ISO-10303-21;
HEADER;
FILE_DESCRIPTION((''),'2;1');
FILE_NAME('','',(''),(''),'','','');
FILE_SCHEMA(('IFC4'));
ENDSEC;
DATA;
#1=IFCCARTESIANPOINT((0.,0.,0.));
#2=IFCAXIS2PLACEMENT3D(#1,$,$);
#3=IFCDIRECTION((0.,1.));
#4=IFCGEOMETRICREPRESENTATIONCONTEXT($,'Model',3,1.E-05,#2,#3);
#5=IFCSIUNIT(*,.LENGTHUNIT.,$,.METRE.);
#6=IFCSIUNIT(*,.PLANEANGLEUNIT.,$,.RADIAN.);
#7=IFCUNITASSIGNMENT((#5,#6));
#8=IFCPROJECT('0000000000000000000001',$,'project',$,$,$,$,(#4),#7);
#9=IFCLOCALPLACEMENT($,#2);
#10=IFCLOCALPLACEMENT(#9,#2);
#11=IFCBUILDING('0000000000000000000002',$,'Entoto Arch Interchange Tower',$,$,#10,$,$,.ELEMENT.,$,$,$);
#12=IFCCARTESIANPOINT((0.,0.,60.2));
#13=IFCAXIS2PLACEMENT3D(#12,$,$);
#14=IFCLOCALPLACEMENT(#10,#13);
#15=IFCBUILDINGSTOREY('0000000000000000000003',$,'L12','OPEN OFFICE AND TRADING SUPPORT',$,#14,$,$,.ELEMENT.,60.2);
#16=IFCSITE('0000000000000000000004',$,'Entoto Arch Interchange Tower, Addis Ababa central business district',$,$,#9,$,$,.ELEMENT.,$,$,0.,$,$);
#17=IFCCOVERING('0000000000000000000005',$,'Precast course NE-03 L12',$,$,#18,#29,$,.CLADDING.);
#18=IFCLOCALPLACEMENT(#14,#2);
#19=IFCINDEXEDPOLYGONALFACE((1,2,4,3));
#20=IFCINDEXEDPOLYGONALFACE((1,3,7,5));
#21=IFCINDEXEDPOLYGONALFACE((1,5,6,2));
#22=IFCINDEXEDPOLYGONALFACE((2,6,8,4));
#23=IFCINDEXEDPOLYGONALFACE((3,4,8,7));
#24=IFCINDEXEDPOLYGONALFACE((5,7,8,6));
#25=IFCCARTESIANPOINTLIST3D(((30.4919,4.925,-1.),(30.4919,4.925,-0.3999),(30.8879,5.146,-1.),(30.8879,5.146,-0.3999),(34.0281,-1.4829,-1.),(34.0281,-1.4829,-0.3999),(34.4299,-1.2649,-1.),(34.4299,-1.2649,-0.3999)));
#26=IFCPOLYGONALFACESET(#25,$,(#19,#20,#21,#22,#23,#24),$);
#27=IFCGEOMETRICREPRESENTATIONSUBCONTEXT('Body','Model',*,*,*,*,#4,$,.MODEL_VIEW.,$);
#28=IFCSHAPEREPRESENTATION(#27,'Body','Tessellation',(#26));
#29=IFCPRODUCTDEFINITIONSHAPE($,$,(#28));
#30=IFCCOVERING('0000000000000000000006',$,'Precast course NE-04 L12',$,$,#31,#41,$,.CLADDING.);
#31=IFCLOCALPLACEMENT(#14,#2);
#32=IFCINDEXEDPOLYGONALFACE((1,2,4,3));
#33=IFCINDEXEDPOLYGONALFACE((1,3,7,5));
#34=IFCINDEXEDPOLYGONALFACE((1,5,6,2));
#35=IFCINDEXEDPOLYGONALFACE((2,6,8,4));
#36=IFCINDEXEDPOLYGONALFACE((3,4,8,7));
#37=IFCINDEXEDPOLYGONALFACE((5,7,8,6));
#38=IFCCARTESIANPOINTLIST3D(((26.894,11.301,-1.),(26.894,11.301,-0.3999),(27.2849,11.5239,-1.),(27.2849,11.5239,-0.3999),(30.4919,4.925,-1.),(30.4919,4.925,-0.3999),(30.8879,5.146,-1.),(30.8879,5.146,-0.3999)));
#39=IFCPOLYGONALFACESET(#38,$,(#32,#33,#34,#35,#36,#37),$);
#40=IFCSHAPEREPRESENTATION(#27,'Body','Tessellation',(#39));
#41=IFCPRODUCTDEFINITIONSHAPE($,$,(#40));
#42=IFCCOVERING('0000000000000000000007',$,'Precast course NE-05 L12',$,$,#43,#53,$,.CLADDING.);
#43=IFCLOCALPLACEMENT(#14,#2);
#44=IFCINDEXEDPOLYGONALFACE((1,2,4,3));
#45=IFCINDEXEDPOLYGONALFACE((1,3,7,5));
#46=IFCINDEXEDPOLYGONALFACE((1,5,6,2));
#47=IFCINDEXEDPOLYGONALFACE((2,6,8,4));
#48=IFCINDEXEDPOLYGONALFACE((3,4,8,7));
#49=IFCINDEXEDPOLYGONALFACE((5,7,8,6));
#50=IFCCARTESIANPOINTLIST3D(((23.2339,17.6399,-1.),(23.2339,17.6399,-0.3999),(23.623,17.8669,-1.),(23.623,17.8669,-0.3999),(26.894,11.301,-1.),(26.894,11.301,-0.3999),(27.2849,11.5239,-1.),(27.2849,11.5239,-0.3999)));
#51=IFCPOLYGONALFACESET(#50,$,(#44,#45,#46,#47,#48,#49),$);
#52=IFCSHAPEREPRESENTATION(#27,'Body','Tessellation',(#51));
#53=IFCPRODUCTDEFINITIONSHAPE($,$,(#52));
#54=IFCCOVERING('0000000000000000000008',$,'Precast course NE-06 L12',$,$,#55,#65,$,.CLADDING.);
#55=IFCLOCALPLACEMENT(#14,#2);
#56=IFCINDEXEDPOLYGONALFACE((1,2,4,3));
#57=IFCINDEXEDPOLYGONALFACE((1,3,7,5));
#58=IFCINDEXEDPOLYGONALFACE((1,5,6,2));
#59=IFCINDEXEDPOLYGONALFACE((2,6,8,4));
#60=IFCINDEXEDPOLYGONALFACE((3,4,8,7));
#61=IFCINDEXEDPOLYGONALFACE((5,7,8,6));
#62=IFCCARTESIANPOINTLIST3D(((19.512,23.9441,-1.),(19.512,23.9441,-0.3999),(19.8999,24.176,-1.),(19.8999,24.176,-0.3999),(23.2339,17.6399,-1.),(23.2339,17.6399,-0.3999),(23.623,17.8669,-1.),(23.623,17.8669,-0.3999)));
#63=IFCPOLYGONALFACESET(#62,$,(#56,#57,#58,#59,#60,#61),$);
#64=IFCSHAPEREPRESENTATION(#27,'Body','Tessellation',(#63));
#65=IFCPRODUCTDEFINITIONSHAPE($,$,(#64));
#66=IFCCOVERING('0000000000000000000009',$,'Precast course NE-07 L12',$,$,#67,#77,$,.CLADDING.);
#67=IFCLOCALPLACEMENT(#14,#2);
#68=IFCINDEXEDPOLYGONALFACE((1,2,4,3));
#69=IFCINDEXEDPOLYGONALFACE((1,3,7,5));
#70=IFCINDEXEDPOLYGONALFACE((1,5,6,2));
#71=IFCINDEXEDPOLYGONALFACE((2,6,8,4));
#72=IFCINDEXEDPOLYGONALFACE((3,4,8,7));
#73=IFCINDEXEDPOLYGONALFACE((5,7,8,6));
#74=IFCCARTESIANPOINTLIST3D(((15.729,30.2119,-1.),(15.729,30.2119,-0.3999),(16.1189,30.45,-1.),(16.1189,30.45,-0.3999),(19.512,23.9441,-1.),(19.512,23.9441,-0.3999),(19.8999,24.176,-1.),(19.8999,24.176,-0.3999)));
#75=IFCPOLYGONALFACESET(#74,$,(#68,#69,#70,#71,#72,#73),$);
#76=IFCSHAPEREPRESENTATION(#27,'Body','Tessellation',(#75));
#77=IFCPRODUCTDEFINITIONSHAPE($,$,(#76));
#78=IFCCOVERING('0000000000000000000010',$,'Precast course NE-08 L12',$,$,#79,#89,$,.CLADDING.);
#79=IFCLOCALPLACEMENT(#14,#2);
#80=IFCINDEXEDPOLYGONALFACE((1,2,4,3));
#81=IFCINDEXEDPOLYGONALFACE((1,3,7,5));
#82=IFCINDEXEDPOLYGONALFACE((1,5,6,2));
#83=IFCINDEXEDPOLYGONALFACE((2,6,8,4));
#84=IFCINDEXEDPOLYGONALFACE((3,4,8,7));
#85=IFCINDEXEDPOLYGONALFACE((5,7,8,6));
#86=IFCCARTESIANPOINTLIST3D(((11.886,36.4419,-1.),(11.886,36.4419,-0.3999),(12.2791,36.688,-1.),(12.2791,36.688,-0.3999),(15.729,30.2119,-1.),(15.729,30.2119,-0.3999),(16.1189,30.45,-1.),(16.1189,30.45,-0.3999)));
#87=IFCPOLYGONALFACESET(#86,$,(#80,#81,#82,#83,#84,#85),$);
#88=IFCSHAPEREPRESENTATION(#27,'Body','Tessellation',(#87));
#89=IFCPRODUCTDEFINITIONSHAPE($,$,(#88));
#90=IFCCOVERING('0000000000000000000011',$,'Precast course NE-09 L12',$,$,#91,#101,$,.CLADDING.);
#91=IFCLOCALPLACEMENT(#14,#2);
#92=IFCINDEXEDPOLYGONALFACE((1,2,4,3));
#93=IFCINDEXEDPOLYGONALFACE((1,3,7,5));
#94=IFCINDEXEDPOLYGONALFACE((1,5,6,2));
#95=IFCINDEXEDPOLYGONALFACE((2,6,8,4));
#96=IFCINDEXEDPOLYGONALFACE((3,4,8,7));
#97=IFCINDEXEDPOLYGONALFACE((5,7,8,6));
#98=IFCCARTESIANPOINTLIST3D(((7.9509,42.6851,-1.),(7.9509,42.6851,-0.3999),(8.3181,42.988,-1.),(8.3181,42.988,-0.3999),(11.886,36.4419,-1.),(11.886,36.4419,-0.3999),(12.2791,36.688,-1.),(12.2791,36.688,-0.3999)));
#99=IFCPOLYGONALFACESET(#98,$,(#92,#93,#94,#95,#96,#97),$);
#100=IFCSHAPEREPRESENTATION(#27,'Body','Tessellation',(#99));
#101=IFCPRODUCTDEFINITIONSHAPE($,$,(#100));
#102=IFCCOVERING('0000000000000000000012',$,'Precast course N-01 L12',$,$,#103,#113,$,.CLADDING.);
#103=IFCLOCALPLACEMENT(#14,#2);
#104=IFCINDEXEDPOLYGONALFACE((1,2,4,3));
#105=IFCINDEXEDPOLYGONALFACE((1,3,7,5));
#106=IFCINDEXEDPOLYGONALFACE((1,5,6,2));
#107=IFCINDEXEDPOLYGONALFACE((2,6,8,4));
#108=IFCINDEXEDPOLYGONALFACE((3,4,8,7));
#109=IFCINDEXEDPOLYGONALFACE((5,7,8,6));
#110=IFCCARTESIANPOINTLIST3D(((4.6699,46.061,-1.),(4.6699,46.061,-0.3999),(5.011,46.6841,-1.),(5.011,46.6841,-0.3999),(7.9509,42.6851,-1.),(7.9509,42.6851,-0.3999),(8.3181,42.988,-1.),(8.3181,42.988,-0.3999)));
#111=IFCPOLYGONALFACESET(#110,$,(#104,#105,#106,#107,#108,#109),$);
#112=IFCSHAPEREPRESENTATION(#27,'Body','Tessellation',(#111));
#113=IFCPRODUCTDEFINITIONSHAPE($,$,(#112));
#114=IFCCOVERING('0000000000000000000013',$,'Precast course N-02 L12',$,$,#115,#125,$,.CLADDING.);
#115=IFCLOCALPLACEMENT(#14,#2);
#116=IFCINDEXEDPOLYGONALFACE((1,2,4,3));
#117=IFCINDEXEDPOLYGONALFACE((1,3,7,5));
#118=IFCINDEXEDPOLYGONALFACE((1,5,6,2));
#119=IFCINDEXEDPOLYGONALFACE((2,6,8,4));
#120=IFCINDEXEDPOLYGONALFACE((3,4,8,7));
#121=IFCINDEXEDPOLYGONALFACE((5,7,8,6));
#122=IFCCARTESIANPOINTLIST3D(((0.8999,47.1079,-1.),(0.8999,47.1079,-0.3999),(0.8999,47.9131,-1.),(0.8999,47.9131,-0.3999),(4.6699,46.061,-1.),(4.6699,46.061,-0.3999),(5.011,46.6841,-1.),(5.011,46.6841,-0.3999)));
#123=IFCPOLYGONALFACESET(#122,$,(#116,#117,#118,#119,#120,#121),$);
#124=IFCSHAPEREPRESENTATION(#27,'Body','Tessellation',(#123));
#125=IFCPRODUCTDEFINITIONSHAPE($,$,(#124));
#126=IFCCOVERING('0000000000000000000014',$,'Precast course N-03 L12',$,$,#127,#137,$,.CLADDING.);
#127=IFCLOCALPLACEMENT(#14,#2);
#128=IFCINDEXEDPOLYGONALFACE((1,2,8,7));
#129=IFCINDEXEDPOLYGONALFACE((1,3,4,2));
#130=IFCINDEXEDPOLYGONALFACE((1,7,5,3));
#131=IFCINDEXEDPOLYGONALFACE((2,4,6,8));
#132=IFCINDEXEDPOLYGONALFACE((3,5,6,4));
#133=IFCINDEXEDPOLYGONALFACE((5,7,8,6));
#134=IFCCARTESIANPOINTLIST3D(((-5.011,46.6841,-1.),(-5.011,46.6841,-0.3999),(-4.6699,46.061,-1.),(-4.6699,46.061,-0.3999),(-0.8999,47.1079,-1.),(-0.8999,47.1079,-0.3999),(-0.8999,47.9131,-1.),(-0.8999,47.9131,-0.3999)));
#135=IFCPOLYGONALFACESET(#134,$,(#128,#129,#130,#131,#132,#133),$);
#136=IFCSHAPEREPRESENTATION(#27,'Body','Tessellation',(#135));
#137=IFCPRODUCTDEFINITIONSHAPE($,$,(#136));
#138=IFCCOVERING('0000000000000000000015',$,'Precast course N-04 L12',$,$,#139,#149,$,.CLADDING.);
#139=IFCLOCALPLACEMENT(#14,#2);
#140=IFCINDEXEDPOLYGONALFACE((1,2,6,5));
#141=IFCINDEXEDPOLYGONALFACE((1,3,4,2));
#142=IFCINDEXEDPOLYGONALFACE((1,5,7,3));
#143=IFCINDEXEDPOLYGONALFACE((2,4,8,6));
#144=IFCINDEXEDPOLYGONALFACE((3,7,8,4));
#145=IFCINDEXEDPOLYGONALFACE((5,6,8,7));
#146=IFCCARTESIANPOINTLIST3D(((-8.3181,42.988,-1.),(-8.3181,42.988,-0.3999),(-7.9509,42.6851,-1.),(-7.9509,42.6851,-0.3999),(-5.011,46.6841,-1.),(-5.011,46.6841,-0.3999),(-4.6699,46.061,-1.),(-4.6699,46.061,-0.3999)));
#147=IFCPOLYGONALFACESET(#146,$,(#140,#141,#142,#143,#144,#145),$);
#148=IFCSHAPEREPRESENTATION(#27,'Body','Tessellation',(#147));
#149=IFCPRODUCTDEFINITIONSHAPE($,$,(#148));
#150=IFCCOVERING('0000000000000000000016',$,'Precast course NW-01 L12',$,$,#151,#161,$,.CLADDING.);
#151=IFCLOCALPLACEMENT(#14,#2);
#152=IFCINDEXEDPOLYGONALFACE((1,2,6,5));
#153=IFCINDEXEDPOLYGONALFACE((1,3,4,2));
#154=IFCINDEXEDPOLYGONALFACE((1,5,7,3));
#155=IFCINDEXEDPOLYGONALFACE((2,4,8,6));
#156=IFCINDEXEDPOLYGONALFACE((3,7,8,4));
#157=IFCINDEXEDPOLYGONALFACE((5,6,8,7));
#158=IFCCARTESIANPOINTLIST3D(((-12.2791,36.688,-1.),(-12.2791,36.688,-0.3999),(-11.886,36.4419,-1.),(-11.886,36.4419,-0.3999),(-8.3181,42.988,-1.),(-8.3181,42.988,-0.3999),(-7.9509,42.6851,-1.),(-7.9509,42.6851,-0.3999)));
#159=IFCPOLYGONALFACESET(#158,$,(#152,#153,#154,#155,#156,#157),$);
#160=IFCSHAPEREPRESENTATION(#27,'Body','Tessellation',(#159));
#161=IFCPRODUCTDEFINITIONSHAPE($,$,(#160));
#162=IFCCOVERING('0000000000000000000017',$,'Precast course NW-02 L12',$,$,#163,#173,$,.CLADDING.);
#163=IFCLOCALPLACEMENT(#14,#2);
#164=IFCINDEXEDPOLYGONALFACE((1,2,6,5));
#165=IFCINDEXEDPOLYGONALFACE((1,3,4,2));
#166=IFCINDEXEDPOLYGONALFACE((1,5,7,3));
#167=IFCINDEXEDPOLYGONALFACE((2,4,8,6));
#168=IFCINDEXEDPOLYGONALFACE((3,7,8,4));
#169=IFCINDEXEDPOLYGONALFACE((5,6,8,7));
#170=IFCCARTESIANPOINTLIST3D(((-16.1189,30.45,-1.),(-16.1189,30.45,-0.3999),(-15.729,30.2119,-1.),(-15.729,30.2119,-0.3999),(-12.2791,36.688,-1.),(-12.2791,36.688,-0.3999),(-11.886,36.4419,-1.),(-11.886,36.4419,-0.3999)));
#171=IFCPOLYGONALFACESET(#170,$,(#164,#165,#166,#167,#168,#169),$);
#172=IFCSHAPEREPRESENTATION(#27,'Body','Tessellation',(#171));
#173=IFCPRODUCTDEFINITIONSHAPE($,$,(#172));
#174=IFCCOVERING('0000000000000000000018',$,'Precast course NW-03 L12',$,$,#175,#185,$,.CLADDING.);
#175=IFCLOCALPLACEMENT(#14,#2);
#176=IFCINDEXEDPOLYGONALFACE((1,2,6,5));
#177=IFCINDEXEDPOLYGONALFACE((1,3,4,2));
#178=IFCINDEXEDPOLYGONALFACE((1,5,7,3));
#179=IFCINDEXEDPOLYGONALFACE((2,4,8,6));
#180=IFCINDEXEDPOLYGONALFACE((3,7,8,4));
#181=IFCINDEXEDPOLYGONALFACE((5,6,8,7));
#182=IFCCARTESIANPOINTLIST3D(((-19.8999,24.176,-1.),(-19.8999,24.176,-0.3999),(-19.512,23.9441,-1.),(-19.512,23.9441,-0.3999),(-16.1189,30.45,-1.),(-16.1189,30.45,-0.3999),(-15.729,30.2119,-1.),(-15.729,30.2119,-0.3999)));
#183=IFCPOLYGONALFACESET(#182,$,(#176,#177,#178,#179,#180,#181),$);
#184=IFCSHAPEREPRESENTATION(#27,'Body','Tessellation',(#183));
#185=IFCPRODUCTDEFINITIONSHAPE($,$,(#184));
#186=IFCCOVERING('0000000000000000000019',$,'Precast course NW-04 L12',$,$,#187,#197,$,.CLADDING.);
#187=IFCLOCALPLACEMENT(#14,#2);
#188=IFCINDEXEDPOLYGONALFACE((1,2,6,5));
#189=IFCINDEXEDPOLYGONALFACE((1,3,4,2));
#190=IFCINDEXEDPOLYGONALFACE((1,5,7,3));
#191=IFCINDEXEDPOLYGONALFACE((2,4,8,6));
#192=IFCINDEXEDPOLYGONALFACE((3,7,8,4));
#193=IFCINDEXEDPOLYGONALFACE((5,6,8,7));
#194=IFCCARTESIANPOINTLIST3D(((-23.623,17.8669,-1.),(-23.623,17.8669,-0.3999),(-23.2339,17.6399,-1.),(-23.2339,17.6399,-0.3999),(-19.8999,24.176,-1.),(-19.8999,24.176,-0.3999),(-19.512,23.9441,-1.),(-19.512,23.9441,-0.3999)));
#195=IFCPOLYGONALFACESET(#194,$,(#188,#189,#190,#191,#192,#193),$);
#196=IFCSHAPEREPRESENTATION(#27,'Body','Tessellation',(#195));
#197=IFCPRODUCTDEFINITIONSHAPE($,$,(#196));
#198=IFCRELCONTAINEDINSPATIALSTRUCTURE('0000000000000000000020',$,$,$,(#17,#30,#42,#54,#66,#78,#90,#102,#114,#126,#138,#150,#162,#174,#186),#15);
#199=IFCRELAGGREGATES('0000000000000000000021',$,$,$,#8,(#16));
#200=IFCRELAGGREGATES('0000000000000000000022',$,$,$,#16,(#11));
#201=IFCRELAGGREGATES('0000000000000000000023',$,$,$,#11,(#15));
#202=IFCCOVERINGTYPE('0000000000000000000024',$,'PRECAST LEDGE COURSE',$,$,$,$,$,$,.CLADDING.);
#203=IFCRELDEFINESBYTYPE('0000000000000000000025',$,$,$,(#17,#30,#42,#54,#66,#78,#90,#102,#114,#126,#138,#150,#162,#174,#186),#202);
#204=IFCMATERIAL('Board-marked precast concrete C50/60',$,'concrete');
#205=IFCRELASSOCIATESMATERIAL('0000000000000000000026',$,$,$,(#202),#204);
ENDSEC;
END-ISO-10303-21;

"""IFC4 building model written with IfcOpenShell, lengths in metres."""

from ifc_helpers import new_model, si_unit, direction, frame, origin, place, context, subcontext, project, spatial, polyline, outline, extrude, material, type_object, element, save


model = new_model("IFC4")

# Units and contexts
model_context = context("Model", 3, precision=1e-05, world=origin(), true_north=direction((0.0, 1.0)))
body_context = subcontext(model_context, "Body", "Model", "MODEL_VIEW")
ifc_project = project(units=[si_unit("LENGTHUNIT", "METRE"), si_unit("PLANEANGLEUNIT", "RADIAN")], contexts=[model_context])

# Site, building, storey
site_placement = place(None, origin())
site = spatial("IfcSite", under=ifc_project, at=site_placement, Name="Entoto Arch Interchange Tower, Addis Ababa central business district", CompositionType="ELEMENT", RefElevation=0.0)
building_placement = place(site_placement, origin())
building = spatial("IfcBuilding", under=site, at=building_placement, Name="Entoto Arch Interchange Tower", CompositionType="ELEMENT")
storey_placement = place(building_placement, frame((0.0, 0.0, 60.2)))
storey = spatial("IfcBuildingStorey", under=building, at=storey_placement, Name="L12", Description="OPEN OFFICE AND TRADING SUPPORT", CompositionType="ELEMENT", Elevation=60.2)

# Coverings
ifc_material_1 = material(Name="Board-marked precast concrete C50/60", Category="concrete")
covering_type = type_object("IfcCoveringType", Name="PRECAST LEDGE COURSE", PredefinedType="CLADDING", material=ifc_material_1)
covering_1_placement = place(storey_placement, frame((0.0, 0.0, -1.0)))
element("IfcCovering", 1, at=covering_1_placement, inside=storey, type_object=covering_type, Name="Precast course NE-03 L12", PredefinedType="CLADDING", context=body_context, shape_type="SweptSolid", body=[
    extrude(outline(polyline([(30.4919, 4.925), (30.8879, 5.146), (34.4299, -1.2649), (34.0281, -1.4829), (30.4919, 4.925)])), origin(), (0.0, 0.0, 1.0), 0.6001),
])
covering_2_placement = place(storey_placement, frame((0.0, 0.0, -1.0)))
element("IfcCovering", 2, at=covering_2_placement, inside=storey, type_object=covering_type, Name="Precast course NE-04 L12", PredefinedType="CLADDING", context=body_context, shape_type="SweptSolid", body=[
    extrude(outline(polyline([(26.894, 11.301), (27.2849, 11.5239), (30.8879, 5.146), (30.4919, 4.925), (26.894, 11.301)])), origin(), (0.0, 0.0, 1.0), 0.6001),
])
covering_3_placement = place(storey_placement, frame((0.0, 0.0, -1.0)))
element("IfcCovering", 3, at=covering_3_placement, inside=storey, type_object=covering_type, Name="Precast course NE-05 L12", PredefinedType="CLADDING", context=body_context, shape_type="SweptSolid", body=[
    extrude(outline(polyline([(23.2339, 17.6399), (23.623, 17.8669), (27.2849, 11.5239), (26.894, 11.301), (23.2339, 17.6399)])), origin(), (0.0, 0.0, 1.0), 0.6001),
])
covering_4_placement = place(storey_placement, frame((0.0, 0.0, -1.0)))
element("IfcCovering", 4, at=covering_4_placement, inside=storey, type_object=covering_type, Name="Precast course NE-06 L12", PredefinedType="CLADDING", context=body_context, shape_type="SweptSolid", body=[
    extrude(outline(polyline([(19.512, 23.9441), (19.8999, 24.176), (23.623, 17.8669), (23.2339, 17.6399), (19.512, 23.9441)])), origin(), (0.0, 0.0, 1.0), 0.6001),
])
covering_5_placement = place(storey_placement, frame((0.0, 0.0, -1.0)))
element("IfcCovering", 5, at=covering_5_placement, inside=storey, type_object=covering_type, Name="Precast course NE-07 L12", PredefinedType="CLADDING", context=body_context, shape_type="SweptSolid", body=[
    extrude(outline(polyline([(15.729, 30.2119), (16.1189, 30.45), (19.8999, 24.176), (19.512, 23.9441), (15.729, 30.2119)])), origin(), (0.0, 0.0, 1.0), 0.6001),
])
covering_6_placement = place(storey_placement, frame((0.0, 0.0, -1.0)))
element("IfcCovering", 6, at=covering_6_placement, inside=storey, type_object=covering_type, Name="Precast course NE-08 L12", PredefinedType="CLADDING", context=body_context, shape_type="SweptSolid", body=[
    extrude(outline(polyline([(11.886, 36.4419), (12.2791, 36.688), (16.1189, 30.45), (15.729, 30.2119), (11.886, 36.4419)])), origin(), (0.0, 0.0, 1.0), 0.6001),
])
covering_7_placement = place(storey_placement, frame((0.0, 0.0, -1.0)))
element("IfcCovering", 7, at=covering_7_placement, inside=storey, type_object=covering_type, Name="Precast course NE-09 L12", PredefinedType="CLADDING", context=body_context, shape_type="SweptSolid", body=[
    extrude(outline(polyline([(7.9509, 42.6851), (8.3181, 42.988), (12.2791, 36.688), (11.886, 36.4419), (7.9509, 42.6851)])), origin(), (0.0, 0.0, 1.0), 0.6001),
])
covering_8_placement = place(storey_placement, frame((0.0, 0.0, -1.0)))
element("IfcCovering", 8, at=covering_8_placement, inside=storey, type_object=covering_type, Name="Precast course N-01 L12", PredefinedType="CLADDING", context=body_context, shape_type="SweptSolid", body=[
    extrude(outline(polyline([(4.6699, 46.061), (5.011, 46.6841), (8.3181, 42.988), (7.9509, 42.6851), (4.6699, 46.061)])), origin(), (0.0, 0.0, 1.0), 0.6001),
])
covering_9_placement = place(storey_placement, frame((0.0, 0.0, -1.0)))
element("IfcCovering", 9, at=covering_9_placement, inside=storey, type_object=covering_type, Name="Precast course N-02 L12", PredefinedType="CLADDING", context=body_context, shape_type="SweptSolid", body=[
    extrude(outline(polyline([(0.8999, 47.1079), (0.8999, 47.9131), (5.011, 46.6841), (4.6699, 46.061), (0.8999, 47.1079)])), origin(), (0.0, 0.0, 1.0), 0.6001),
])
covering_10_placement = place(storey_placement, frame((0.0, 0.0, -1.0)))
element("IfcCovering", 10, at=covering_10_placement, inside=storey, type_object=covering_type, Name="Precast course N-03 L12", PredefinedType="CLADDING", context=body_context, shape_type="SweptSolid", body=[
    extrude(outline(polyline([(-4.6699, 46.061), (-5.011, 46.6841), (-0.8999, 47.9131), (-0.8999, 47.1079), (-4.6699, 46.061)])), origin(), (0.0, 0.0, 1.0), 0.6001),
])
covering_11_placement = place(storey_placement, frame((0.0, 0.0, -1.0)))
element("IfcCovering", 11, at=covering_11_placement, inside=storey, type_object=covering_type, Name="Precast course N-04 L12", PredefinedType="CLADDING", context=body_context, shape_type="SweptSolid", body=[
    extrude(outline(polyline([(-7.9509, 42.6851), (-8.3181, 42.988), (-5.011, 46.6841), (-4.6699, 46.061), (-7.9509, 42.6851)])), origin(), (0.0, 0.0, 1.0), 0.6001),
])
covering_12_placement = place(storey_placement, frame((0.0, 0.0, -1.0)))
element("IfcCovering", 12, at=covering_12_placement, inside=storey, type_object=covering_type, Name="Precast course NW-01 L12", PredefinedType="CLADDING", context=body_context, shape_type="SweptSolid", body=[
    extrude(outline(polyline([(-11.886, 36.4419), (-12.2791, 36.688), (-8.3181, 42.988), (-7.9509, 42.6851), (-11.886, 36.4419)])), origin(), (0.0, 0.0, 1.0), 0.6001),
])
covering_13_placement = place(storey_placement, frame((0.0, 0.0, -1.0)))
element("IfcCovering", 13, at=covering_13_placement, inside=storey, type_object=covering_type, Name="Precast course NW-02 L12", PredefinedType="CLADDING", context=body_context, shape_type="SweptSolid", body=[
    extrude(outline(polyline([(-15.729, 30.2119), (-16.1189, 30.45), (-12.2791, 36.688), (-11.886, 36.4419), (-15.729, 30.2119)])), origin(), (0.0, 0.0, 1.0), 0.6001),
])
covering_14_placement = place(storey_placement, frame((0.0, 0.0, -1.0)))
element("IfcCovering", 14, at=covering_14_placement, inside=storey, type_object=covering_type, Name="Precast course NW-03 L12", PredefinedType="CLADDING", context=body_context, shape_type="SweptSolid", body=[
    extrude(outline(polyline([(-19.512, 23.9441), (-19.8999, 24.176), (-16.1189, 30.45), (-15.729, 30.2119), (-19.512, 23.9441)])), origin(), (0.0, 0.0, 1.0), 0.6001),
])
covering_15_placement = place(storey_placement, frame((0.0, 0.0, -1.0)))
element("IfcCovering", 15, at=covering_15_placement, inside=storey, type_object=covering_type, Name="Precast course NW-04 L12", PredefinedType="CLADDING", context=body_context, shape_type="SweptSolid", body=[
    extrude(outline(polyline([(-23.2339, 17.6399), (-23.623, 17.8669), (-19.8999, 24.176), (-19.512, 23.9441), (-23.2339, 17.6399)])), origin(), (0.0, 0.0, 1.0), 0.6001),
])

save(model, "model.ifc")
